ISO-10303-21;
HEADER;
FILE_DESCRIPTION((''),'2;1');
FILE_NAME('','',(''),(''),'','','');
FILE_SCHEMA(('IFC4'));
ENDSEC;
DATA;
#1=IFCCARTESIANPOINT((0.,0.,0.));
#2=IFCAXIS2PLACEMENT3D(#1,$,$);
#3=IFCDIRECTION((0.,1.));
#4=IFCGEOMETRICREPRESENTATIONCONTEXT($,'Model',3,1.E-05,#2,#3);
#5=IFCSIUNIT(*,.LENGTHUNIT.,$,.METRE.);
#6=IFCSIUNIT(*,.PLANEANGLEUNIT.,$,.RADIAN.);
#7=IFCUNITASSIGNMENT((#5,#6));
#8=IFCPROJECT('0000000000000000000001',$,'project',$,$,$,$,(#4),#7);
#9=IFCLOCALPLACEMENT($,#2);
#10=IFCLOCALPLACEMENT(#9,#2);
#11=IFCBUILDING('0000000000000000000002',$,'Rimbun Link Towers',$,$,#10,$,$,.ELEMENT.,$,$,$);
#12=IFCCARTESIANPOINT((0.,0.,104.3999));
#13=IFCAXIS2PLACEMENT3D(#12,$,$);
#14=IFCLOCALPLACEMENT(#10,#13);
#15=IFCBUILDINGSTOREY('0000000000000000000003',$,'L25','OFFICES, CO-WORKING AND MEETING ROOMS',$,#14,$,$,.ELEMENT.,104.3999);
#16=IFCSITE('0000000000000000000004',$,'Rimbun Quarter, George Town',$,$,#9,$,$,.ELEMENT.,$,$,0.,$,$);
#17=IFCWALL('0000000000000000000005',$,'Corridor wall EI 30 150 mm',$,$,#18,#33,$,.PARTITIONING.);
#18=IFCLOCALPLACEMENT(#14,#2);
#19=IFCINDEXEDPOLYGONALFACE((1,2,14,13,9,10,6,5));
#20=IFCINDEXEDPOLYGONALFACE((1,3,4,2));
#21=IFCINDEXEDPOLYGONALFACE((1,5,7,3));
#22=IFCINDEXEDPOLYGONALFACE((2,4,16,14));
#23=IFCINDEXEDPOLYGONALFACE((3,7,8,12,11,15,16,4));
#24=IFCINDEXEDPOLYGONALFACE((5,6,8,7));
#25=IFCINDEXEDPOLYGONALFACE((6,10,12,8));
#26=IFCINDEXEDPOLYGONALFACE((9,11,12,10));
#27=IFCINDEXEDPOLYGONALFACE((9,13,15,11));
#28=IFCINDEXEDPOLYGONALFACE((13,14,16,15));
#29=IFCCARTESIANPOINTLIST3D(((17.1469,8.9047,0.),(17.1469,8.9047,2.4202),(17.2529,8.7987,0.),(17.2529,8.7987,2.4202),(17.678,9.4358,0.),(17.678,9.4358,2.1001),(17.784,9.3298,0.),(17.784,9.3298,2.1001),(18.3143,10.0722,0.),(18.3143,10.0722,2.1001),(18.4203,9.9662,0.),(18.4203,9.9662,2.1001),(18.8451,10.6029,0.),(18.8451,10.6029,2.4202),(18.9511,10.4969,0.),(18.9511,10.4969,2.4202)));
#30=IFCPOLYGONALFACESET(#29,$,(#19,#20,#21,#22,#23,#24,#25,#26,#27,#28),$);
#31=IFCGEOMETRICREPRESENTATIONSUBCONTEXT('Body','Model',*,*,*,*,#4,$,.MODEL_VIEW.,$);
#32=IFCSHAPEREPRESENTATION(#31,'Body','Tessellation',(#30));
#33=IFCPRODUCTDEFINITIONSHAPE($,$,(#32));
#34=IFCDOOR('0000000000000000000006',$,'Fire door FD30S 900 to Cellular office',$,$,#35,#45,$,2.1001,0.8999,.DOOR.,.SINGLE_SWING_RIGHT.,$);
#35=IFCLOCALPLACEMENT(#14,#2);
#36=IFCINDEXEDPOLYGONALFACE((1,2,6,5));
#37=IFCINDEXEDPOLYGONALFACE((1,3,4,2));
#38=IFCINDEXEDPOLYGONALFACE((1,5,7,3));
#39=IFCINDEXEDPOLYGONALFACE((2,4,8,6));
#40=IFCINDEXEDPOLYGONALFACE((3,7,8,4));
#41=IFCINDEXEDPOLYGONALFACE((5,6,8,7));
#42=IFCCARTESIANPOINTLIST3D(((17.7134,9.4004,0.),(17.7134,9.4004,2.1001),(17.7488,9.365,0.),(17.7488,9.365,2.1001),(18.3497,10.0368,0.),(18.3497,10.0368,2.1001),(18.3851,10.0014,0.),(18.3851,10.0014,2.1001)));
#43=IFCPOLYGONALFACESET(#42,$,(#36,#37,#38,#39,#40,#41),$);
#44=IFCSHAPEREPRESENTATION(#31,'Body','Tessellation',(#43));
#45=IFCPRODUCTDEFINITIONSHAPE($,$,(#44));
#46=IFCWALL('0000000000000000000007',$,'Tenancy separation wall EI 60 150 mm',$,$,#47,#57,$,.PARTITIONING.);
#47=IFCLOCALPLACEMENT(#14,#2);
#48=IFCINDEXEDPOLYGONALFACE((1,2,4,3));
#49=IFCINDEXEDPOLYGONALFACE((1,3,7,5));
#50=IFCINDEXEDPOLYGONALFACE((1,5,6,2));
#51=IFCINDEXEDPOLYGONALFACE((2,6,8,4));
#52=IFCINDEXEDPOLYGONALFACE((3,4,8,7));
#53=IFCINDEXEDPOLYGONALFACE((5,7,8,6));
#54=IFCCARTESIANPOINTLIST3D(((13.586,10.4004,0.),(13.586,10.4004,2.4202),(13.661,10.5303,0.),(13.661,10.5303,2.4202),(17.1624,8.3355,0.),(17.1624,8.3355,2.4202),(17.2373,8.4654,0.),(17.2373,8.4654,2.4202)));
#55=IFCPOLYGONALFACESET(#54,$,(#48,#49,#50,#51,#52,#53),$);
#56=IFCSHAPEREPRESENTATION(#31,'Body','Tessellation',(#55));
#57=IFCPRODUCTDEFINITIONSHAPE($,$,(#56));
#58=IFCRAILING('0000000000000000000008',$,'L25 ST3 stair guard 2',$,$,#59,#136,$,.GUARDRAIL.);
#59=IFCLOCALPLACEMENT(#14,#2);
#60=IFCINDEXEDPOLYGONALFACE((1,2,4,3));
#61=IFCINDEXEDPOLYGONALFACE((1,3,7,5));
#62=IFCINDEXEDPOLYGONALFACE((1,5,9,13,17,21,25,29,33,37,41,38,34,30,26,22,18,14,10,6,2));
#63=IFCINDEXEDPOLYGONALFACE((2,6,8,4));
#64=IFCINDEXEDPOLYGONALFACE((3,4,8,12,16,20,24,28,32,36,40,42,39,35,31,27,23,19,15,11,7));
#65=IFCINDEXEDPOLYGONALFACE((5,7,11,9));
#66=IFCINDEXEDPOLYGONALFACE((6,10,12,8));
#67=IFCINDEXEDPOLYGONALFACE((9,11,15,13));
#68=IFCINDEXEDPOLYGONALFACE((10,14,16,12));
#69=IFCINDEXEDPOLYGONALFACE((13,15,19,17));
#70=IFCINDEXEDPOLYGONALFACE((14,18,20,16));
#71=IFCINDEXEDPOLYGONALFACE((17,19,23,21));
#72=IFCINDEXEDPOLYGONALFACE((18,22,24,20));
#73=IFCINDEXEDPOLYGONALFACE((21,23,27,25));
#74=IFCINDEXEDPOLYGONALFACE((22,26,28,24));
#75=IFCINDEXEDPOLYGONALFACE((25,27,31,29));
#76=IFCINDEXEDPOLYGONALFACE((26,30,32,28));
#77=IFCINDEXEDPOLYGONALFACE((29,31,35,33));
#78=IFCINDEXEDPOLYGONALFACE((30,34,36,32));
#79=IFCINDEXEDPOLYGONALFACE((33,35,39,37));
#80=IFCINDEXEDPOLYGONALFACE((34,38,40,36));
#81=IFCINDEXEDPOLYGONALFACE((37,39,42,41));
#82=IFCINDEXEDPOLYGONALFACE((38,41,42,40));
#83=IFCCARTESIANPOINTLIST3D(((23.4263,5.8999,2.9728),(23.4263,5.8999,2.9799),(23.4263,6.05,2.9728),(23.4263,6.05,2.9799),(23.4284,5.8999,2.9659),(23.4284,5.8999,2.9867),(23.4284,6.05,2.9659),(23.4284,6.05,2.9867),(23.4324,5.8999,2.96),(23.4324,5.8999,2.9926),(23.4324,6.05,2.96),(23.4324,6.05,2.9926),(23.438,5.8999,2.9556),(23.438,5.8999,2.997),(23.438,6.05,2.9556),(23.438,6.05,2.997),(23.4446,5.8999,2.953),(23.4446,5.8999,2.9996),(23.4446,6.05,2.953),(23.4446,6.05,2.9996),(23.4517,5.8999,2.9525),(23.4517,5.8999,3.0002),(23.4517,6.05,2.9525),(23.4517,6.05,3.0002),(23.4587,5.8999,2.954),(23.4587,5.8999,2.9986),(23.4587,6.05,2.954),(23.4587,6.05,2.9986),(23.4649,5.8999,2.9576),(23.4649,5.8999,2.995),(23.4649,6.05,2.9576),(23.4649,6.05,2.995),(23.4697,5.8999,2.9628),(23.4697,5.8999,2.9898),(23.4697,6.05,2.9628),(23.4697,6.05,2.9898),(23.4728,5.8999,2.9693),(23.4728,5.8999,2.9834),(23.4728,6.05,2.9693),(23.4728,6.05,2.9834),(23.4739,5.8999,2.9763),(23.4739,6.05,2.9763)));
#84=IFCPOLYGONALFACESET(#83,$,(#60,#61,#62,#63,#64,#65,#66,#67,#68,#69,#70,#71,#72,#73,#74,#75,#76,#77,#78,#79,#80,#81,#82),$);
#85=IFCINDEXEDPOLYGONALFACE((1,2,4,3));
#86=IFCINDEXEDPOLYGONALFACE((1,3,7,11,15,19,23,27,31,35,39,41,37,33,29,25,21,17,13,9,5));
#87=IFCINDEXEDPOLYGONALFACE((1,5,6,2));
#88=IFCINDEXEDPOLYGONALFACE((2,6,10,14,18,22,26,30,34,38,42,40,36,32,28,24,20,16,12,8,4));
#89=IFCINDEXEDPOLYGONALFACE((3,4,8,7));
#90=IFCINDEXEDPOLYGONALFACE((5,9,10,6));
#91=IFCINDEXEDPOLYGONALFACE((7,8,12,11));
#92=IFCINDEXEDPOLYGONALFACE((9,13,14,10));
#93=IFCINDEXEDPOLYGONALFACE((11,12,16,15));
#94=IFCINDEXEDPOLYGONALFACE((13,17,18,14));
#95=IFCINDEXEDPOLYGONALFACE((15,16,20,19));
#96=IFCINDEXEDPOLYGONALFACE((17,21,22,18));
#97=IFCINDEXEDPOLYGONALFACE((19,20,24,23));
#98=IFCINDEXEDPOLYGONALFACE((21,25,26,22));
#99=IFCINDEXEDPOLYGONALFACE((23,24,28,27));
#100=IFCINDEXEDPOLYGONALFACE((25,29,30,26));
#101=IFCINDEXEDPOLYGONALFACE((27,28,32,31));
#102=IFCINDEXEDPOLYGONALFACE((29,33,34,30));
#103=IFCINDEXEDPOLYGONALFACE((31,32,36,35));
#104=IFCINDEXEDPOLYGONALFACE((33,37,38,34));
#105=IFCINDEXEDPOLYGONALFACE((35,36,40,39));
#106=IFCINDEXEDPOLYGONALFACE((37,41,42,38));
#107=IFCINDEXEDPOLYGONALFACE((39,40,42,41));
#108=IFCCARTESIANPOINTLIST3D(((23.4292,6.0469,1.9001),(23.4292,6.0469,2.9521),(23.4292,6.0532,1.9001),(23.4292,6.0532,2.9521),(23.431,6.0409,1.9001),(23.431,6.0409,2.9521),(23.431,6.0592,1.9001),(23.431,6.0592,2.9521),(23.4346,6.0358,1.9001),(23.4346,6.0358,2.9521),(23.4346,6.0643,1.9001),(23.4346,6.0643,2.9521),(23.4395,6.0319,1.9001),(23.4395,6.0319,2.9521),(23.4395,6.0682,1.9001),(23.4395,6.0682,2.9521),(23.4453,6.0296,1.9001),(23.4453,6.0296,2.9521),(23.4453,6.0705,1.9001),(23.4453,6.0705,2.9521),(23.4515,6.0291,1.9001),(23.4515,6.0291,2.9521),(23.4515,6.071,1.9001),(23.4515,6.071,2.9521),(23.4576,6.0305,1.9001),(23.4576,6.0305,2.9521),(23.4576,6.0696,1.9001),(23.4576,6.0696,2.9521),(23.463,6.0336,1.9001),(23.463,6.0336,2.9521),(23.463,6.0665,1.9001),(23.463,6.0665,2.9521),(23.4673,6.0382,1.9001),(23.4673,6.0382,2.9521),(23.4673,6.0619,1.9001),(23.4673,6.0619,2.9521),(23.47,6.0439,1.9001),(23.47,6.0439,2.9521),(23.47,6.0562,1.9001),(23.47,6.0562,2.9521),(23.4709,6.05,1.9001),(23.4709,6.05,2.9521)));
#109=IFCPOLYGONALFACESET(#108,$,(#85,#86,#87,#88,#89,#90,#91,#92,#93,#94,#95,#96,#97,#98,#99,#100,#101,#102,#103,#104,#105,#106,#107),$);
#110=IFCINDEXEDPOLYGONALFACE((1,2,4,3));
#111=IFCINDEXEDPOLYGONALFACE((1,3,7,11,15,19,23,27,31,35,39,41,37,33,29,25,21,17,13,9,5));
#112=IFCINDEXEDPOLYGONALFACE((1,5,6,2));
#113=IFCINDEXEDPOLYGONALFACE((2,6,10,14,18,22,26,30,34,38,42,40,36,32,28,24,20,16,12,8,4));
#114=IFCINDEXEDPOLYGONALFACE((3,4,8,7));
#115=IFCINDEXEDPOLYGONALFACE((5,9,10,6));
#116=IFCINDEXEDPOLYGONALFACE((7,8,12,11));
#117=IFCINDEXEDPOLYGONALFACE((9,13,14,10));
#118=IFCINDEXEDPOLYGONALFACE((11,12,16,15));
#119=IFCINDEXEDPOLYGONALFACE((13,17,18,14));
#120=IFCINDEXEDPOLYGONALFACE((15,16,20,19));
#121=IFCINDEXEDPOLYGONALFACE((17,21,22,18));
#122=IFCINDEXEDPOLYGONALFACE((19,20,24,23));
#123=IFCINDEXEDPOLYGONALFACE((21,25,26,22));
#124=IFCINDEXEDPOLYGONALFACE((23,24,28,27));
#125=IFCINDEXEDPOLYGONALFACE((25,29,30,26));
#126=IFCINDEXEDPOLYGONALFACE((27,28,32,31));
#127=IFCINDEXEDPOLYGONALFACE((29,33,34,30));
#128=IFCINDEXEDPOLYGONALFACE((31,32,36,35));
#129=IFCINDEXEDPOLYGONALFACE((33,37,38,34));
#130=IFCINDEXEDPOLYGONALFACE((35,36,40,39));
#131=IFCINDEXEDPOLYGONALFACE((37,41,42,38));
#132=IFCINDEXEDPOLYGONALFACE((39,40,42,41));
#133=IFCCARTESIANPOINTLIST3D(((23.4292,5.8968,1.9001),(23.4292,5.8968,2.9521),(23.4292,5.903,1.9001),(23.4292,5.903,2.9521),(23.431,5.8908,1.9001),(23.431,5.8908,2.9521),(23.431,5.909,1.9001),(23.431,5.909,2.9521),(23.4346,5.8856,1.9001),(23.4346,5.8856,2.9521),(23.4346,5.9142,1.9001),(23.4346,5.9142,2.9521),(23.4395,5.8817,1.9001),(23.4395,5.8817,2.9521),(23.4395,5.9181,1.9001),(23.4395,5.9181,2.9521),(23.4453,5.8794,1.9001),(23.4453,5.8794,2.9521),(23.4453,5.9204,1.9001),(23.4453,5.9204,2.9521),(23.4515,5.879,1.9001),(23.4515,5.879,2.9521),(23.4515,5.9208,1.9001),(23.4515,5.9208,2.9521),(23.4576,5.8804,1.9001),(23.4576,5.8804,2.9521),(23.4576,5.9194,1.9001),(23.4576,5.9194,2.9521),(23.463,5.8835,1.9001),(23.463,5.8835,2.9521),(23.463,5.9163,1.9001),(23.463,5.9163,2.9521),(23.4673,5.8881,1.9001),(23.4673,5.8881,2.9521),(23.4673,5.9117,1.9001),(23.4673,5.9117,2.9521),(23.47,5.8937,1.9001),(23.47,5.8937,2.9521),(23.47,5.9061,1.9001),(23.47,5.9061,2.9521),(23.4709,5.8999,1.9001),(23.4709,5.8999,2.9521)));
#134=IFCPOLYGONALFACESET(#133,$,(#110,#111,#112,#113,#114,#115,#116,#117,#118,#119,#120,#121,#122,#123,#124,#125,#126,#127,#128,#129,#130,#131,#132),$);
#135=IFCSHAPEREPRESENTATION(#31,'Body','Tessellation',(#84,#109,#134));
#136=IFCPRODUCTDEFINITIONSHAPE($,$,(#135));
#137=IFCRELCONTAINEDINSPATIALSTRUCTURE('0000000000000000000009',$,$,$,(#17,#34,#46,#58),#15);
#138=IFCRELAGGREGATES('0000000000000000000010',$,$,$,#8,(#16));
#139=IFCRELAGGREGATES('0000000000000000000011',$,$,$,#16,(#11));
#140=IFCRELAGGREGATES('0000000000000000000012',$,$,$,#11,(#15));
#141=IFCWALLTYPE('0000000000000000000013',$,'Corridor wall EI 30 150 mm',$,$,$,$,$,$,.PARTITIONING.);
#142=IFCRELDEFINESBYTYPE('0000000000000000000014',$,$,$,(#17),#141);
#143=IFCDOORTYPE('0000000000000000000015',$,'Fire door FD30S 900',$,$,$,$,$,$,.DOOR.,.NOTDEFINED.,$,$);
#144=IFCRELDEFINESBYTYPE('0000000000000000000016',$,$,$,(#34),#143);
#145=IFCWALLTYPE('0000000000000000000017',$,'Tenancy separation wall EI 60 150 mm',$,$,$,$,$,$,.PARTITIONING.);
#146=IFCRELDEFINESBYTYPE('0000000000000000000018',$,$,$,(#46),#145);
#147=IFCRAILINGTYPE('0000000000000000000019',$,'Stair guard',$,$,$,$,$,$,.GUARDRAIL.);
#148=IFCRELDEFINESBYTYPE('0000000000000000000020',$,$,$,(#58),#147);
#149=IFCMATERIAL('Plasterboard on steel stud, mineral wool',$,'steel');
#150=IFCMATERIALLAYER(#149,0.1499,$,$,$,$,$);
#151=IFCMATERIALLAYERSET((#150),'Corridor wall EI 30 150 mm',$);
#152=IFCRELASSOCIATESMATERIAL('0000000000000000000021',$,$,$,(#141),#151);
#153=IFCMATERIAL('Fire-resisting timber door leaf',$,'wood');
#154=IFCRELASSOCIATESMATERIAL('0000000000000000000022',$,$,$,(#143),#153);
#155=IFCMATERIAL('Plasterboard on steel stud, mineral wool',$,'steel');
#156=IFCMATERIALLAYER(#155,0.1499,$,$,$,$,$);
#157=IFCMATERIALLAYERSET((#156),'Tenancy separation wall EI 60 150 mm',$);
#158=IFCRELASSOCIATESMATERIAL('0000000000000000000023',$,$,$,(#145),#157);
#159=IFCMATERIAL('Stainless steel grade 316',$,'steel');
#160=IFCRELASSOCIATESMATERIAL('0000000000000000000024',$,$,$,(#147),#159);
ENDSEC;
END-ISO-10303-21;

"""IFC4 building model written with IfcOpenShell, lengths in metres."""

from ifc_helpers import new_model, si_unit, direction, frame, frame_2d, origin, origin_2d, place, context, subcontext, project, spatial, rectangle, circle, extrude, material, layer, layer_set, type_object, element, fill, save


model = new_model("IFC4")

# Units and contexts
model_context = context("Model", 3, precision=1e-05, world=origin(), true_north=direction((0.0, 1.0)))
body_context = subcontext(model_context, "Body", "Model", "MODEL_VIEW")
ifc_project = project(units=[si_unit("LENGTHUNIT", "METRE"), si_unit("PLANEANGLEUNIT", "RADIAN")], contexts=[model_context])

# Site, building, storey
site_placement = place(None, origin())
site = spatial("IfcSite", under=ifc_project, at=site_placement, Name="Rimbun Quarter, George Town", CompositionType="ELEMENT", RefElevation=0.0)
building_placement = place(site_placement, origin())
building = spatial("IfcBuilding", under=site, at=building_placement, Name="Rimbun Link Towers", CompositionType="ELEMENT")
storey_placement = place(building_placement, frame((0.0, 0.0, 104.3999)))
storey = spatial("IfcBuildingStorey", under=building, at=storey_placement, Name="L25", Description="OFFICES, CO-WORKING AND MEETING ROOMS", CompositionType="ELEMENT", Elevation=104.3999)

# Shared definitions
ifc_material_1 = material(Name="Plasterboard on steel stud, mineral wool", Category="steel")
ifc_layer_1 = layer(ifc_material_1, 0.1499)
ifc_layer_set_1 = layer_set([ifc_layer_1], Name="Corridor wall EI 30 150 mm")
wall_type_1 = type_object("IfcWallType", Name="Corridor wall EI 30 150 mm", PredefinedType="PARTITIONING", material=ifc_layer_set_1)
ifc_material_2 = material(Name="Fire-resisting timber door leaf", Category="wood")
door_type_1 = type_object("IfcDoorType", Name="Fire door FD30S 900", OperationType="NOTDEFINED", PredefinedType="DOOR", material=ifc_material_2)

# Wall, opening, door
wall_1_placement = place(storey_placement, frame((17.2, 8.8518, 0.0), z_axis=(0.0, 0.0, 1.0), x_axis=(0.707107, 0.707107, 0.0)))
wall_1 = element("IfcWall", 1, at=wall_1_placement, inside=storey, type_object=wall_type_1, Name="Corridor wall EI 30 150 mm", PredefinedType="PARTITIONING", context=body_context, shape_type="SweptSolid", body=[
    extrude(rectangle(XDim=2.4016, YDim=0.1499, at=frame_2d((1.2007, 0.0))), origin(), (0.0, 0.0, 1.0), 2.4202),
])
opening_1_placement = place(wall_1_placement, frame((0.751, 0.0, 0.0)))
opening_1 = element("IfcOpeningElement", 2, at=opening_1_placement, cuts=wall_1, PredefinedType="OPENING", context=body_context, shape_type="SweptSolid", body=[
    extrude(rectangle(XDim=0.8999, YDim=2.1001, at=frame_2d((0.45, 1.05))), frame((0.0, 0.085, 0.0), z_axis=(0.0, -1.0, 0.0), x_axis=(1.0, 0.0, 0.0)), (0.0, 0.0, 1.0), 0.1699),
])
door_1_placement = place(opening_1_placement, origin())
door_1 = element("IfcDoor", 3, at=door_1_placement, inside=storey, type_object=door_type_1, Name="Fire door FD30S 900 to Cellular office", OperationType="SINGLE_SWING_RIGHT", OverallHeight=2.1001, OverallWidth=0.8999, PredefinedType="DOOR", context=body_context, shape_type="SweptSolid", body=[
    extrude(rectangle(XDim=0.8999, YDim=2.1001, at=frame_2d((0.45, 1.05))), frame((0.0, 0.0249, 0.0), z_axis=(0.0, -1.0, 0.0), x_axis=(1.0, 0.0, 0.0)), (0.0, 0.0, 1.0), 0.05),
])
fill(opening_1, door_1)

# Wall
ifc_material_3 = material(Name="Plasterboard on steel stud, mineral wool", Category="steel")
ifc_layer_2 = layer(ifc_material_3, 0.1499)
ifc_layer_set_2 = layer_set([ifc_layer_2], Name="Tenancy separation wall EI 60 150 mm")
wall_type_2 = type_object("IfcWallType", Name="Tenancy separation wall EI 60 150 mm", PredefinedType="PARTITIONING", material=ifc_layer_set_2)
wall_2_placement = place(storey_placement, frame((17.2, 8.4004, 0.0), z_axis=(0.0, 0.0, 1.0), x_axis=(-0.866015, 0.500018, 0.0)))
element("IfcWall", 4, at=wall_2_placement, inside=storey, type_object=wall_type_2, Name="Tenancy separation wall EI 60 150 mm", PredefinedType="PARTITIONING", context=body_context, shape_type="SweptSolid", body=[
    extrude(rectangle(XDim=4.1296, YDim=0.1499, at=frame_2d((2.0649, 0.0))), origin(), (0.0, 0.0, 1.0), 2.4202),
])

# Railing
ifc_material_4 = material(Name="Stainless steel grade 316", Category="steel")
railing_type = type_object("IfcRailingType", Name="Stair guard", PredefinedType="GUARDRAIL", material=ifc_material_4)
railing_1_placement = place(storey_placement, frame((23.45, 6.05, 1.9001)))
element("IfcRailing", 5, at=railing_1_placement, inside=storey, type_object=railing_type, Name="L25 ST3 stair guard 2", PredefinedType="GUARDRAIL", context=body_context, shape_type="SweptSolid", body=[
    extrude(circle(Radius=0.0239, at=origin_2d()), frame((0.0, 0.0, 1.0762), z_axis=(0.0, -1.0, 0.0), x_axis=(1.0, 0.0, 0.0)), (0.0, 0.0, 1.0), 0.1501),
    extrude(circle(Radius=0.021, at=origin_2d()), origin(), (0.0, 0.0, 1.0), 1.052),
    extrude(circle(Radius=0.021, at=origin_2d()), frame((0.0, -0.1501, 0.0)), (0.0, 0.0, 1.0), 1.052),
])

save(model, "model.ifc")
